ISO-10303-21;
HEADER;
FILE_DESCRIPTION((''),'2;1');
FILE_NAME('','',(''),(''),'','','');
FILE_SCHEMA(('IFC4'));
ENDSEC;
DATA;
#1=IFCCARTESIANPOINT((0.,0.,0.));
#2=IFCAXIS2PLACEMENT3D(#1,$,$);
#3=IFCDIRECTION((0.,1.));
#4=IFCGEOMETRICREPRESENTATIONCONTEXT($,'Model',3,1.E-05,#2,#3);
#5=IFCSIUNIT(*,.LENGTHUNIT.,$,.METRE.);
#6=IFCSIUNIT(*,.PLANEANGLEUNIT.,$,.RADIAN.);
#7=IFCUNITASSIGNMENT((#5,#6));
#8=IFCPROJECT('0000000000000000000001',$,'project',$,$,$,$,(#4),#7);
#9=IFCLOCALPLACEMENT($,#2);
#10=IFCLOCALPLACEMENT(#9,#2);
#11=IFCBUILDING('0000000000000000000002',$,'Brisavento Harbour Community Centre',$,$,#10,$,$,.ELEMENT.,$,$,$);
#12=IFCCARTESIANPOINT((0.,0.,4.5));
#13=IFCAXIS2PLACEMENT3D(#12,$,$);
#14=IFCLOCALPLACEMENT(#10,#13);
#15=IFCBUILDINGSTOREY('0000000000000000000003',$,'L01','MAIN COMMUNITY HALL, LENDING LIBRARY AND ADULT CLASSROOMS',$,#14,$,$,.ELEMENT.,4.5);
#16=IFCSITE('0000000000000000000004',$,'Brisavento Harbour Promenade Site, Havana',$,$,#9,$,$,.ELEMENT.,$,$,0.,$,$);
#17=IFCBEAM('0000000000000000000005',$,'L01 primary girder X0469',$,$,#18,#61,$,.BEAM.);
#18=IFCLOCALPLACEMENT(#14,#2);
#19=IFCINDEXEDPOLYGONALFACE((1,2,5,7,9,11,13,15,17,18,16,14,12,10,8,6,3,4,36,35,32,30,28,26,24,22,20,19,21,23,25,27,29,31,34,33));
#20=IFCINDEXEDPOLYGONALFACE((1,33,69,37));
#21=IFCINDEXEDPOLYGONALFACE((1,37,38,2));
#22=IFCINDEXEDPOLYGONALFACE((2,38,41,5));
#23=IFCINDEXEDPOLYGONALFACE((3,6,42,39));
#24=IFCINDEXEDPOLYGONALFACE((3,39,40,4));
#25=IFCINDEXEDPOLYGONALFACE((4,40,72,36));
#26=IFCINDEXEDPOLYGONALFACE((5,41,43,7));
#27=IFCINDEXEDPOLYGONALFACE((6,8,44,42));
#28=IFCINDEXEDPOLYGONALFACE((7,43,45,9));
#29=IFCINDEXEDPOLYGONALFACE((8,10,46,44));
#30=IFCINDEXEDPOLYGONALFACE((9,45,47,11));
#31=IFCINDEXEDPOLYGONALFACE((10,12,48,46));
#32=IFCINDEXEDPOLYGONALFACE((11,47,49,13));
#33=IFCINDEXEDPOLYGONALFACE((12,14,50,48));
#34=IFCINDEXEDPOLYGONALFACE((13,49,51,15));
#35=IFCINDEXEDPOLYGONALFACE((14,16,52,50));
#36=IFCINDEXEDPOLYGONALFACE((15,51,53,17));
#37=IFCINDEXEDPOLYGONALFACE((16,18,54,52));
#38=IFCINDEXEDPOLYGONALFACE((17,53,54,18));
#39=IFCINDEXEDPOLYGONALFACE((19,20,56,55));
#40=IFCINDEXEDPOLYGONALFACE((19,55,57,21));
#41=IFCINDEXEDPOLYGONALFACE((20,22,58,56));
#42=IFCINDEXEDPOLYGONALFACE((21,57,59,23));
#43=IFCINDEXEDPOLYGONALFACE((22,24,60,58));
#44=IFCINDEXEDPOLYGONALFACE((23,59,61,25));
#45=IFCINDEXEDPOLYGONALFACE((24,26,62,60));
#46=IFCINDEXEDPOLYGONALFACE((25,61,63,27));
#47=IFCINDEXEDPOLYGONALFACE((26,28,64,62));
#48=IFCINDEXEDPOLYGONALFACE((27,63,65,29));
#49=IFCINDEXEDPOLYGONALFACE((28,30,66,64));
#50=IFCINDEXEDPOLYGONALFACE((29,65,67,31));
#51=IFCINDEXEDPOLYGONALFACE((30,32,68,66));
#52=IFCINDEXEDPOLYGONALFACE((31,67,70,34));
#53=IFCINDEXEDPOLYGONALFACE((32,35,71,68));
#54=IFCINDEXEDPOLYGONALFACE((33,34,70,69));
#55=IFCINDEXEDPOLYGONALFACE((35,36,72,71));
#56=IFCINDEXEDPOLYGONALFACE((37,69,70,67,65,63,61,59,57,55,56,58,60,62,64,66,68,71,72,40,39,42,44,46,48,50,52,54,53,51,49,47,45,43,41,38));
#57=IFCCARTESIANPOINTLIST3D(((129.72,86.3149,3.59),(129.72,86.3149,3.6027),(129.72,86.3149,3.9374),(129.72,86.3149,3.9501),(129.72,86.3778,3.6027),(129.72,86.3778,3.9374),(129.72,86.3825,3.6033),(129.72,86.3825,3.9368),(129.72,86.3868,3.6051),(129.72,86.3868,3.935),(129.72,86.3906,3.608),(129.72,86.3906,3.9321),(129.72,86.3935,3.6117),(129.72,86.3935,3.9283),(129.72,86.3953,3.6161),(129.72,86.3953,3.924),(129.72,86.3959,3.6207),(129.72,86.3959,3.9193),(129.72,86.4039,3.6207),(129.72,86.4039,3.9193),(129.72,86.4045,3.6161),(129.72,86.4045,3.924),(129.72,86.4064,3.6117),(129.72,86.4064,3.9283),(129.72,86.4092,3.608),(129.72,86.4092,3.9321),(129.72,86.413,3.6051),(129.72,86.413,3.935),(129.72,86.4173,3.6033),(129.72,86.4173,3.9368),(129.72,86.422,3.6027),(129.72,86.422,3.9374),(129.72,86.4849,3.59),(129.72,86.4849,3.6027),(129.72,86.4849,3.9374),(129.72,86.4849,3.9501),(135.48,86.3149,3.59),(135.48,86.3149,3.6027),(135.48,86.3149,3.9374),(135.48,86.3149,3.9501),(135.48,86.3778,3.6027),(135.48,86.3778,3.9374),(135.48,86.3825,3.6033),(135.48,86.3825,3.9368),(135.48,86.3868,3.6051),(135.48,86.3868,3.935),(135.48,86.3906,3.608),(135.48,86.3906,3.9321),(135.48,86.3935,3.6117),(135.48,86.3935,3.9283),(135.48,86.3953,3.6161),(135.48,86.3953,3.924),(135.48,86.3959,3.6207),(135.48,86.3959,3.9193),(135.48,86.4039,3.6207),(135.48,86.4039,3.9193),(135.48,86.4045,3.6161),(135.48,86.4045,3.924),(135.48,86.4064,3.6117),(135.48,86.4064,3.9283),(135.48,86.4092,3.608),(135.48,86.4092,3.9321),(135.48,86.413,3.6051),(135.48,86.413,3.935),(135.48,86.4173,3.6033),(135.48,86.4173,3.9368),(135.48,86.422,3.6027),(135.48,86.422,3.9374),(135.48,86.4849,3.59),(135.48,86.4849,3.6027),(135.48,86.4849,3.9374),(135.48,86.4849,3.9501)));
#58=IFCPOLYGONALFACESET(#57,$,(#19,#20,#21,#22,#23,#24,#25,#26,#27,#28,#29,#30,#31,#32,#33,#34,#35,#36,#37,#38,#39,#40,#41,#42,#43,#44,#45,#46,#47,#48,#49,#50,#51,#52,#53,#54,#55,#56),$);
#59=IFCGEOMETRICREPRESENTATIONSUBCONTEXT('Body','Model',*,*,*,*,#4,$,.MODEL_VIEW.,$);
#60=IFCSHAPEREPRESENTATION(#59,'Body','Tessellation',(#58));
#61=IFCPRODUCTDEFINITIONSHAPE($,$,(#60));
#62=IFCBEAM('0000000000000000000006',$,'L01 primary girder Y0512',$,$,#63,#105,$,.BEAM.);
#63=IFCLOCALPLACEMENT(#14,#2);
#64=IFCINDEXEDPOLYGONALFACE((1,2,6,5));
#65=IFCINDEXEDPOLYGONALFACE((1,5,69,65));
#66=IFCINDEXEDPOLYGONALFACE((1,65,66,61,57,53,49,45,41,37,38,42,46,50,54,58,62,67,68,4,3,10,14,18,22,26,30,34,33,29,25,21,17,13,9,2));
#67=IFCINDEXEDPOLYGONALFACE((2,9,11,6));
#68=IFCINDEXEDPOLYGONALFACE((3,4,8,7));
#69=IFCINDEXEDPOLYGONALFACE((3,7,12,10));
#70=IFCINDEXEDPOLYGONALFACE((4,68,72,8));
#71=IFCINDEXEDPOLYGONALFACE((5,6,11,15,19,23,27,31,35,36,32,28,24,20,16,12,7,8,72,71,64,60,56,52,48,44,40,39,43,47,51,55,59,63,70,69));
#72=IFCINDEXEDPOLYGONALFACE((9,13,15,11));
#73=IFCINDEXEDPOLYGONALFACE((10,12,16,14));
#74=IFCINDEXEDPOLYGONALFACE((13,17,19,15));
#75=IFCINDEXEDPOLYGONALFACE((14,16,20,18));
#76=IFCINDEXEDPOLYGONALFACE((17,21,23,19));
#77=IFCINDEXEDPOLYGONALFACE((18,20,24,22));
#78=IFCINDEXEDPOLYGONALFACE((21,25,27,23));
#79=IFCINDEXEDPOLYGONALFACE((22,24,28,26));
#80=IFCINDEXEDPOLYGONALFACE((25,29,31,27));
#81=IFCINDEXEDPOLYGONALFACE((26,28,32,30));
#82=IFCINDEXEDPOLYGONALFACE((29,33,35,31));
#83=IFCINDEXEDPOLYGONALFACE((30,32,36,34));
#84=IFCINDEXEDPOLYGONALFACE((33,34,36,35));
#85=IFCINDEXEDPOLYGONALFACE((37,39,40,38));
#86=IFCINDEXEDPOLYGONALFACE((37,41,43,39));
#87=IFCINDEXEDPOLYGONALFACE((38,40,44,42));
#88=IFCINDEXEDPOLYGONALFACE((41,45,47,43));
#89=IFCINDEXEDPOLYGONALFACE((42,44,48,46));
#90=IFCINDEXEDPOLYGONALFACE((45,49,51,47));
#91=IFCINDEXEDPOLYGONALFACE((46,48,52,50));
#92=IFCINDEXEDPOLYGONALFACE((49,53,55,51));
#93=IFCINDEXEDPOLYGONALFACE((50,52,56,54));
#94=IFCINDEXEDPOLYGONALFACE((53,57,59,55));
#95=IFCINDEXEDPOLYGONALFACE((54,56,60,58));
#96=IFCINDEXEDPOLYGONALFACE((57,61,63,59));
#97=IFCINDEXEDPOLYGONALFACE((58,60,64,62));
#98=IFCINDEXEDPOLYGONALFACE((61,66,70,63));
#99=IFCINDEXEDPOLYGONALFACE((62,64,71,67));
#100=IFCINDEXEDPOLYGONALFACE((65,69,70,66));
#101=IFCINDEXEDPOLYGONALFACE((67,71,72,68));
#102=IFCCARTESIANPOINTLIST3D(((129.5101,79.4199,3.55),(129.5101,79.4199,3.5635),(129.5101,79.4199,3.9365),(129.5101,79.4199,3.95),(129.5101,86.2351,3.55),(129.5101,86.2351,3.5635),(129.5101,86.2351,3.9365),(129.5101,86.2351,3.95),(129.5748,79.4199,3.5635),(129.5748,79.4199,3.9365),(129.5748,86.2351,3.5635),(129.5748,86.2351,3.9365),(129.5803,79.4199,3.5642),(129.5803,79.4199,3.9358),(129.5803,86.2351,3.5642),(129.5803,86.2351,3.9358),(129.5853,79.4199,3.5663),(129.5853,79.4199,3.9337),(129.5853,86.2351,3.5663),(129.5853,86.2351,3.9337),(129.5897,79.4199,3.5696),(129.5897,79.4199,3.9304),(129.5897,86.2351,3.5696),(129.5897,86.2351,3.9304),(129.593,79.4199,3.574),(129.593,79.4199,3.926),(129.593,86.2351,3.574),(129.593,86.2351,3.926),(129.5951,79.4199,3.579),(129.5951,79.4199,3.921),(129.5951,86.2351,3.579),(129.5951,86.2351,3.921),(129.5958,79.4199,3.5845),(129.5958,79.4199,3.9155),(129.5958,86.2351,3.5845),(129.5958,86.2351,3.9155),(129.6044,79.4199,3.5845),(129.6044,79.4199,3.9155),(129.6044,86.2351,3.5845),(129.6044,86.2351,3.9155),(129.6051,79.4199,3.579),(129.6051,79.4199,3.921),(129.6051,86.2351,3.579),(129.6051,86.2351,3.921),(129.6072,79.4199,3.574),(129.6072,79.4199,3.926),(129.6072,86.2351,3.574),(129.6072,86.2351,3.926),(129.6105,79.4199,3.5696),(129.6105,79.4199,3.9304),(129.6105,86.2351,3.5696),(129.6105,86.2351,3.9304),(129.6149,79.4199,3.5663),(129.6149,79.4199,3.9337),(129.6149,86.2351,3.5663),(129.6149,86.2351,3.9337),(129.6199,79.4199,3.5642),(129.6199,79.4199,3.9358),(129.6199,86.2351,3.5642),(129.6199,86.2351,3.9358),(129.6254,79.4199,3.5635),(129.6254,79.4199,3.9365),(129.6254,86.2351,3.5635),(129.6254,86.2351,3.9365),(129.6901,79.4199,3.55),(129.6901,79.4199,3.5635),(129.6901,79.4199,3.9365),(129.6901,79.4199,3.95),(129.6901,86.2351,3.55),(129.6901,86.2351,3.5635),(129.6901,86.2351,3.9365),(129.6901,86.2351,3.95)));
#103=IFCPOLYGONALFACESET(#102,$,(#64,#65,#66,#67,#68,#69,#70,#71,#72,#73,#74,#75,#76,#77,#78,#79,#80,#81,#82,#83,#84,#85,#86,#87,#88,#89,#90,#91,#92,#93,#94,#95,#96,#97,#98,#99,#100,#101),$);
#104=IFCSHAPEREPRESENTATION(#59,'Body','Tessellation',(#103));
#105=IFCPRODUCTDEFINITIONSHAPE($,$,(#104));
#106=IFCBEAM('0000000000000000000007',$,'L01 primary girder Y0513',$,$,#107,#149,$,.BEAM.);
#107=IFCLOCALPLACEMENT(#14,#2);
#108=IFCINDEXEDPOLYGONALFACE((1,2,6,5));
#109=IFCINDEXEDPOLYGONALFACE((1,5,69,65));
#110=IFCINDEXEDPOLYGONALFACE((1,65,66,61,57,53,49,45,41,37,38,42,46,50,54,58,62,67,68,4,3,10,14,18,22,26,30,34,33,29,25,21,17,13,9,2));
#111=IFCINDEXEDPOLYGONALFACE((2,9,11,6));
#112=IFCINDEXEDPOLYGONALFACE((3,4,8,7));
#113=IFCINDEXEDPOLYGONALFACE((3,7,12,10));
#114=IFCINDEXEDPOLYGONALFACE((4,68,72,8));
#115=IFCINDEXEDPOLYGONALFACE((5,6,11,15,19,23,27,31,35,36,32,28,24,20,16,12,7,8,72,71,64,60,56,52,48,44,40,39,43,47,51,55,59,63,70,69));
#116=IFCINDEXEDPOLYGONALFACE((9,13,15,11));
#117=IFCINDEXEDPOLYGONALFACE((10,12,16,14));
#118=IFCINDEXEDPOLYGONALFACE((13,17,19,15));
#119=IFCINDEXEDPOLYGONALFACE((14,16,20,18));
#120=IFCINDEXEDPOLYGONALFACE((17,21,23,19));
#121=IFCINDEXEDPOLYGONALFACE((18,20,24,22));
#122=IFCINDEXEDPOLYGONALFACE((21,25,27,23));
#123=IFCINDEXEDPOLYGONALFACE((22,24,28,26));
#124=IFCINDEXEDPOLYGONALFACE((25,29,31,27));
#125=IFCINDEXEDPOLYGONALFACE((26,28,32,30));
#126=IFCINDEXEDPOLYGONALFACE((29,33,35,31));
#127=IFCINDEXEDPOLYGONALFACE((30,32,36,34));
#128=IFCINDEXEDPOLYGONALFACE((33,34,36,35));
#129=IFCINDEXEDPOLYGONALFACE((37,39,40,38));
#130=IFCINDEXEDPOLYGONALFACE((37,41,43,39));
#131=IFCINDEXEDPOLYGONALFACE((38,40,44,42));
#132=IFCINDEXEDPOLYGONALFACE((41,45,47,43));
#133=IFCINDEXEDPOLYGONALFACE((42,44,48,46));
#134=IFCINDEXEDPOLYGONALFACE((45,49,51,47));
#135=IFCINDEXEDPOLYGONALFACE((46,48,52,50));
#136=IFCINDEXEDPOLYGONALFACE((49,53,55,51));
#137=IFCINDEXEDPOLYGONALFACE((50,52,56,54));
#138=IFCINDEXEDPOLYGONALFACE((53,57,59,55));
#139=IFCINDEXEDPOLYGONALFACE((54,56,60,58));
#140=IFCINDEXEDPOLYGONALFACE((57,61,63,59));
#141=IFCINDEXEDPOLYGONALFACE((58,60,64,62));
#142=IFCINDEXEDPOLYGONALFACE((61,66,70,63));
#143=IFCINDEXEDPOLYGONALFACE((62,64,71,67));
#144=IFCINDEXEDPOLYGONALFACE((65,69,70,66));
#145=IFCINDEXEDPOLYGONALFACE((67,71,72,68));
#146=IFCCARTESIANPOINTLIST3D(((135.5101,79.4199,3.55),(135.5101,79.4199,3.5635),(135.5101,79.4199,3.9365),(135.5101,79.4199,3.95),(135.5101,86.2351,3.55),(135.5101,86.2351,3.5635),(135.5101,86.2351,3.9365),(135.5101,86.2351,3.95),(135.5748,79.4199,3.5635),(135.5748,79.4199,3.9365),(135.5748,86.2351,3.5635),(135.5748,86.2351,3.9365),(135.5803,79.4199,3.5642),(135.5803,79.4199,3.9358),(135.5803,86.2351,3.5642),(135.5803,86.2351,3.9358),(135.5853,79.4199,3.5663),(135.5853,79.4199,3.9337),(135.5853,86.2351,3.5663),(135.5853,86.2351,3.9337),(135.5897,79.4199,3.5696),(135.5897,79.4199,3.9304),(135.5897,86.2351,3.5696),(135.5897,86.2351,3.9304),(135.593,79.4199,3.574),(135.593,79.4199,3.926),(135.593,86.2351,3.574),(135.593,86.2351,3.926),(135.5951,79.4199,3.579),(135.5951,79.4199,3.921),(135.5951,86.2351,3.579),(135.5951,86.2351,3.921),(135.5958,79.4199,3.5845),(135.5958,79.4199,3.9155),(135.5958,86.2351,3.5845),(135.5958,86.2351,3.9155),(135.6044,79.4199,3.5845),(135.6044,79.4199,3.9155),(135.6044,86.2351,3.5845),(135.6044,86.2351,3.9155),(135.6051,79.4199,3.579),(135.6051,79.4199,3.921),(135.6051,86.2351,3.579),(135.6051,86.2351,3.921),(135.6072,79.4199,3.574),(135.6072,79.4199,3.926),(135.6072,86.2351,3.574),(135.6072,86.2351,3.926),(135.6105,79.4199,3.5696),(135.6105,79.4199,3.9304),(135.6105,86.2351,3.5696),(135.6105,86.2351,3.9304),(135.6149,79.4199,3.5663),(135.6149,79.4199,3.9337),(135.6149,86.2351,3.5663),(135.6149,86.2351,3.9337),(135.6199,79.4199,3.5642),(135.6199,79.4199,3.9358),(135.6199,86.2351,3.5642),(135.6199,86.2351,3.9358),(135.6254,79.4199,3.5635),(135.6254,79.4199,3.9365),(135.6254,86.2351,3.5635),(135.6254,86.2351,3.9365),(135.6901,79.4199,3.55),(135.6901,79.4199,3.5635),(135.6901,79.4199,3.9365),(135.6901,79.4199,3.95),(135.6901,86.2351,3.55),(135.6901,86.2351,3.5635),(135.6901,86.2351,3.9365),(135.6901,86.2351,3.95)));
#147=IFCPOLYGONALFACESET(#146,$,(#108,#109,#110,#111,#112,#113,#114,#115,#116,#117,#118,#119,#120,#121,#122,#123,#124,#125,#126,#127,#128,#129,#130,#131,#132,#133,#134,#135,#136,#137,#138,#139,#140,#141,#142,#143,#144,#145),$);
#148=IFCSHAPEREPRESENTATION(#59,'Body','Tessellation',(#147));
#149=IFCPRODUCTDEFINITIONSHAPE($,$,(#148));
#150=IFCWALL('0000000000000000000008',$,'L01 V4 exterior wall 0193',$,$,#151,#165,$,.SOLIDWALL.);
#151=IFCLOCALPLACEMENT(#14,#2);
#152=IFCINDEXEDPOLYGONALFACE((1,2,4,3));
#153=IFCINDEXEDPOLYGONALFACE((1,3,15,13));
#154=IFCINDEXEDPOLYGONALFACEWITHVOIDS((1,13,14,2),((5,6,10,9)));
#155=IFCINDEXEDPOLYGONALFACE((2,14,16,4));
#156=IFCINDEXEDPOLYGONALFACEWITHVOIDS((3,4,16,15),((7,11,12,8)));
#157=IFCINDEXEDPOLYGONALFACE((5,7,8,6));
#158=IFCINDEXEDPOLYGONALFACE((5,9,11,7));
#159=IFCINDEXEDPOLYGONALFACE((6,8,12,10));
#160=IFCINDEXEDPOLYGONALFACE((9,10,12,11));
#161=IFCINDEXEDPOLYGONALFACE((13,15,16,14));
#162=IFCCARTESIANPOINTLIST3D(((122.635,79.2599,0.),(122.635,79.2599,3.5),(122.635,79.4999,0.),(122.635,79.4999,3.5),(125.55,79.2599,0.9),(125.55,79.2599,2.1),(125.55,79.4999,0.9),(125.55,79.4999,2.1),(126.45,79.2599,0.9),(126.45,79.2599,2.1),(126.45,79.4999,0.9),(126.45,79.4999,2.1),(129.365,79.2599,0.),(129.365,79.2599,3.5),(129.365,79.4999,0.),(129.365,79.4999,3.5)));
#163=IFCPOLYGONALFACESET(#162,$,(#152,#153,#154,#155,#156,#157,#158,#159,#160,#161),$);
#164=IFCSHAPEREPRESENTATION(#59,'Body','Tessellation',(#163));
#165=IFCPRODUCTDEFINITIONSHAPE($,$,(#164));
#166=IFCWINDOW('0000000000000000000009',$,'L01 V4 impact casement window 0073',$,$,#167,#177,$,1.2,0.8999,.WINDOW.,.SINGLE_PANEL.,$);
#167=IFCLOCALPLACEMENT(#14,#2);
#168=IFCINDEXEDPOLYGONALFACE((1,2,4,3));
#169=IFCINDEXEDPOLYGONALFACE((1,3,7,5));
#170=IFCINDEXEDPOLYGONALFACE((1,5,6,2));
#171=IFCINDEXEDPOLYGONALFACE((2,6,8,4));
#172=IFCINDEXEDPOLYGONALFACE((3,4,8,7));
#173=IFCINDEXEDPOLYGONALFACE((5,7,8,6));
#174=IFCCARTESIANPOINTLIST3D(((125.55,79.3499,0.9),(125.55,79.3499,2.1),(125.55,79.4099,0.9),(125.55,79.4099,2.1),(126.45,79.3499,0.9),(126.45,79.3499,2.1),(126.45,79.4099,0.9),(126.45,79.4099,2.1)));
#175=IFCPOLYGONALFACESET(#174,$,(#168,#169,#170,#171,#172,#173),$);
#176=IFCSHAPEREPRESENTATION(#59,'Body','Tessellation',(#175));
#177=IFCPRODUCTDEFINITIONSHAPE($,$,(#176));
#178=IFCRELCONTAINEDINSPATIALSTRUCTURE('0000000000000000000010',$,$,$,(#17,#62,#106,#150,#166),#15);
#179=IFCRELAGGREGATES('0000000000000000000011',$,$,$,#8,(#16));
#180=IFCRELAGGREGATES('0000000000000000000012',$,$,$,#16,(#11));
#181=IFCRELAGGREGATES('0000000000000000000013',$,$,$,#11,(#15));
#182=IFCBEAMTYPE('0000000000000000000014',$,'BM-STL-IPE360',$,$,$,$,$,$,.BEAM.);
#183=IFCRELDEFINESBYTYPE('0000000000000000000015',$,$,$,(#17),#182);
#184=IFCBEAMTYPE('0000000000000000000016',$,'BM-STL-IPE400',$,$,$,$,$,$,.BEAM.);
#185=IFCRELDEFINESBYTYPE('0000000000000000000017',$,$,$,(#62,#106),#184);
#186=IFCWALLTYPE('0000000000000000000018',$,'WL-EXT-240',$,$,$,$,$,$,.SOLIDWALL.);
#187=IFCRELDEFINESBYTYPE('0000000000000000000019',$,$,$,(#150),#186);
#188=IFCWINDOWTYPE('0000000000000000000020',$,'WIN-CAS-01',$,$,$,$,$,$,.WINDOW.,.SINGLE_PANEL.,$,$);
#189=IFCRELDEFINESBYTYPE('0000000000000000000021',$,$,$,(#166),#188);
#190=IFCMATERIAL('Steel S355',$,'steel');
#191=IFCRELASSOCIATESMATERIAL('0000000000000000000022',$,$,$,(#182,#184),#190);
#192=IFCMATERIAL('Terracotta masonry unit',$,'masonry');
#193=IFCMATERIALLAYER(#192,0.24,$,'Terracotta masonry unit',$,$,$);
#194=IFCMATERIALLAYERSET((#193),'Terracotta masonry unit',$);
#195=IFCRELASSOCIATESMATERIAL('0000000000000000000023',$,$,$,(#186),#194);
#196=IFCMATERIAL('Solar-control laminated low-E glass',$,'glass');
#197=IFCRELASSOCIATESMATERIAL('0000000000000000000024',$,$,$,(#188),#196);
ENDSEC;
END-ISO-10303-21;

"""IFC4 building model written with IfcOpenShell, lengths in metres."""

from ifc_helpers import new_model, si_unit, direction, frame, frame_2d, origin, origin_2d, place, context, subcontext, project, spatial, rectangle, i_section, extrude, material, layer, layer_set, material_profile, profile_set, type_object, element, fill, save


model = new_model("IFC4")

# Units and contexts
model_context = context("Model", 3, precision=1e-05, world=origin(), true_north=direction((0.0, 1.0)))
body_context = subcontext(model_context, "Body", "Model", "MODEL_VIEW")
ifc_project = project(units=[si_unit("LENGTHUNIT", "METRE"), si_unit("PLANEANGLEUNIT", "RADIAN")], contexts=[model_context])

# Site, building, storey
site_placement = place(None, origin())
site = spatial("IfcSite", under=ifc_project, at=site_placement, Name="Brisavento Harbour Promenade Site, Havana", CompositionType="ELEMENT", RefElevation=0.0)
building_placement = place(site_placement, origin())
building = spatial("IfcBuilding", under=site, at=building_placement, Name="Brisavento Harbour Community Centre", CompositionType="ELEMENT")
storey_placement = place(building_placement, frame((0.0, 0.0, 4.5)))
storey = spatial("IfcBuildingStorey", under=building, at=storey_placement, Name="L01", Description="MAIN COMMUNITY HALL, LENDING LIBRARY AND ADULT CLASSROOMS", CompositionType="ELEMENT", Elevation=4.5)

# Shared definitions
ifc_material_1 = material(Name="Steel S355", Category="steel")

# Beams
ifc_material_profile_1 = material_profile(ifc_material_1, i_section(OverallWidth=0.1699, OverallDepth=0.3601, WebThickness=0.0081, FlangeThickness=0.0127, FilletRadius=0.0181, at=origin_2d()), Name="Steel S355")
ifc_profile_set_1 = profile_set([ifc_material_profile_1], Name="Steel S355")
beam_type_1 = type_object("IfcBeamType", Name="BM-STL-IPE360", PredefinedType="BEAM", material=ifc_profile_set_1)
beam_1_placement = place(storey_placement, frame((129.72, 86.3999, 3.77), z_axis=(1.0, 0.0, 0.0), x_axis=(0.0, 1.0, 0.0)))
element("IfcBeam", 1, at=beam_1_placement, inside=storey, type_object=beam_type_1, Name="L01 primary girder X0469", PredefinedType="BEAM", context=body_context, shape_type="SweptSolid", body=[
    extrude(i_section(OverallWidth=0.1699, OverallDepth=0.3601, WebThickness=0.0081, FlangeThickness=0.0127, FilletRadius=0.0181, at=origin_2d()), origin(), (0.0, 0.0, 1.0), 5.76),
])
ifc_material_profile_2 = material_profile(ifc_material_1, i_section(OverallWidth=0.1799, OverallDepth=0.3999, WebThickness=0.0085, FlangeThickness=0.0134, FilletRadius=0.021, at=origin_2d()), Name="Steel S355")
ifc_profile_set_2 = profile_set([ifc_material_profile_2], Name="Steel S355")
beam_type_2 = type_object("IfcBeamType", Name="BM-STL-IPE400", PredefinedType="BEAM", material=ifc_profile_set_2)
for number, where, z_axis, x_axis, name in (
    (2, (129.6001, 79.4199, 3.75), (0.0, 1.0, 0.0), (-1.0, 0.0, 0.0), "L01 primary girder Y0512"),
    (3, (135.6001, 79.4199, 3.75), (0.0, 1.0, 0.0), (-1.0, 0.0, 0.0), "L01 primary girder Y0513"),
):
    element("IfcBeam", number, at=place(storey_placement, frame(where, z_axis=z_axis, x_axis=x_axis)), inside=storey, type_object=beam_type_2, Name=name, PredefinedType="BEAM", context=body_context, shape_type="SweptSolid", body=[
        extrude(i_section(OverallWidth=0.1799, OverallDepth=0.3999, WebThickness=0.0085, FlangeThickness=0.0134, FilletRadius=0.021, at=origin_2d()), origin(), (0.0, 0.0, 1.0), 6.8152),
    ])

# Wall, opening, window
ifc_material_2 = material(Name="Terracotta masonry unit", Category="masonry")
ifc_layer_1 = layer(ifc_material_2, 0.24, Name="Terracotta masonry unit")
ifc_layer_set_1 = layer_set([ifc_layer_1], Name="Terracotta masonry unit")
wall_type_1 = type_object("IfcWallType", Name="WL-EXT-240", PredefinedType="SOLIDWALL", material=ifc_layer_set_1)
wall_1_placement = place(storey_placement, frame((129.365, 79.3799, 0.0), z_axis=(0.0, 0.0, 1.0), x_axis=(-1.0, 0.0, 0.0)))
wall_1 = element("IfcWall", 4, at=wall_1_placement, inside=storey, type_object=wall_type_1, Name="L01 V4 exterior wall 0193", PredefinedType="SOLIDWALL", context=body_context, shape_type="SweptSolid", body=[
    extrude(rectangle(XDim=6.73, YDim=0.24, at=frame_2d((3.365, 0.0))), origin(), (0.0, 0.0, 1.0), 3.5),
])
opening_1_placement = place(wall_1_placement, frame((2.915, 0.0, 0.8999)))
opening_1 = element("IfcOpeningElement", 5, at=opening_1_placement, cuts=wall_1, PredefinedType="OPENING", context=body_context, shape_type="SweptSolid", body=[
    extrude(rectangle(XDim=0.8999, YDim=1.2, at=frame_2d((0.45, 0.6001))), frame((0.0, 0.1299, 0.0), z_axis=(0.0, -1.0, 0.0), x_axis=(1.0, 0.0, 0.0)), (0.0, 0.0, 1.0), 0.26),
])
ifc_material_3 = material(Name="Solar-control laminated low-E glass", Category="glass")
window_type_1 = type_object("IfcWindowType", Name="WIN-CAS-01", PartitioningType="SINGLE_PANEL", PredefinedType="WINDOW", material=ifc_material_3)
window_1_placement = place(opening_1_placement, origin())
window_1 = element("IfcWindow", 6, at=window_1_placement, inside=storey, type_object=window_type_1, Name="L01 V4 impact casement window 0073", OverallHeight=1.2, OverallWidth=0.8999, PartitioningType="SINGLE_PANEL", PredefinedType="WINDOW", context=body_context, shape_type="SweptSolid", body=[
    extrude(rectangle(XDim=0.8999, YDim=1.2, at=frame_2d((0.45, 0.6001))), frame((0.0, 0.03, 0.0), z_axis=(0.0, -1.0, 0.0), x_axis=(1.0, 0.0, 0.0)), (0.0, 0.0, 1.0), 0.0601),
])
fill(opening_1, window_1)

save(model, "model.ifc")
